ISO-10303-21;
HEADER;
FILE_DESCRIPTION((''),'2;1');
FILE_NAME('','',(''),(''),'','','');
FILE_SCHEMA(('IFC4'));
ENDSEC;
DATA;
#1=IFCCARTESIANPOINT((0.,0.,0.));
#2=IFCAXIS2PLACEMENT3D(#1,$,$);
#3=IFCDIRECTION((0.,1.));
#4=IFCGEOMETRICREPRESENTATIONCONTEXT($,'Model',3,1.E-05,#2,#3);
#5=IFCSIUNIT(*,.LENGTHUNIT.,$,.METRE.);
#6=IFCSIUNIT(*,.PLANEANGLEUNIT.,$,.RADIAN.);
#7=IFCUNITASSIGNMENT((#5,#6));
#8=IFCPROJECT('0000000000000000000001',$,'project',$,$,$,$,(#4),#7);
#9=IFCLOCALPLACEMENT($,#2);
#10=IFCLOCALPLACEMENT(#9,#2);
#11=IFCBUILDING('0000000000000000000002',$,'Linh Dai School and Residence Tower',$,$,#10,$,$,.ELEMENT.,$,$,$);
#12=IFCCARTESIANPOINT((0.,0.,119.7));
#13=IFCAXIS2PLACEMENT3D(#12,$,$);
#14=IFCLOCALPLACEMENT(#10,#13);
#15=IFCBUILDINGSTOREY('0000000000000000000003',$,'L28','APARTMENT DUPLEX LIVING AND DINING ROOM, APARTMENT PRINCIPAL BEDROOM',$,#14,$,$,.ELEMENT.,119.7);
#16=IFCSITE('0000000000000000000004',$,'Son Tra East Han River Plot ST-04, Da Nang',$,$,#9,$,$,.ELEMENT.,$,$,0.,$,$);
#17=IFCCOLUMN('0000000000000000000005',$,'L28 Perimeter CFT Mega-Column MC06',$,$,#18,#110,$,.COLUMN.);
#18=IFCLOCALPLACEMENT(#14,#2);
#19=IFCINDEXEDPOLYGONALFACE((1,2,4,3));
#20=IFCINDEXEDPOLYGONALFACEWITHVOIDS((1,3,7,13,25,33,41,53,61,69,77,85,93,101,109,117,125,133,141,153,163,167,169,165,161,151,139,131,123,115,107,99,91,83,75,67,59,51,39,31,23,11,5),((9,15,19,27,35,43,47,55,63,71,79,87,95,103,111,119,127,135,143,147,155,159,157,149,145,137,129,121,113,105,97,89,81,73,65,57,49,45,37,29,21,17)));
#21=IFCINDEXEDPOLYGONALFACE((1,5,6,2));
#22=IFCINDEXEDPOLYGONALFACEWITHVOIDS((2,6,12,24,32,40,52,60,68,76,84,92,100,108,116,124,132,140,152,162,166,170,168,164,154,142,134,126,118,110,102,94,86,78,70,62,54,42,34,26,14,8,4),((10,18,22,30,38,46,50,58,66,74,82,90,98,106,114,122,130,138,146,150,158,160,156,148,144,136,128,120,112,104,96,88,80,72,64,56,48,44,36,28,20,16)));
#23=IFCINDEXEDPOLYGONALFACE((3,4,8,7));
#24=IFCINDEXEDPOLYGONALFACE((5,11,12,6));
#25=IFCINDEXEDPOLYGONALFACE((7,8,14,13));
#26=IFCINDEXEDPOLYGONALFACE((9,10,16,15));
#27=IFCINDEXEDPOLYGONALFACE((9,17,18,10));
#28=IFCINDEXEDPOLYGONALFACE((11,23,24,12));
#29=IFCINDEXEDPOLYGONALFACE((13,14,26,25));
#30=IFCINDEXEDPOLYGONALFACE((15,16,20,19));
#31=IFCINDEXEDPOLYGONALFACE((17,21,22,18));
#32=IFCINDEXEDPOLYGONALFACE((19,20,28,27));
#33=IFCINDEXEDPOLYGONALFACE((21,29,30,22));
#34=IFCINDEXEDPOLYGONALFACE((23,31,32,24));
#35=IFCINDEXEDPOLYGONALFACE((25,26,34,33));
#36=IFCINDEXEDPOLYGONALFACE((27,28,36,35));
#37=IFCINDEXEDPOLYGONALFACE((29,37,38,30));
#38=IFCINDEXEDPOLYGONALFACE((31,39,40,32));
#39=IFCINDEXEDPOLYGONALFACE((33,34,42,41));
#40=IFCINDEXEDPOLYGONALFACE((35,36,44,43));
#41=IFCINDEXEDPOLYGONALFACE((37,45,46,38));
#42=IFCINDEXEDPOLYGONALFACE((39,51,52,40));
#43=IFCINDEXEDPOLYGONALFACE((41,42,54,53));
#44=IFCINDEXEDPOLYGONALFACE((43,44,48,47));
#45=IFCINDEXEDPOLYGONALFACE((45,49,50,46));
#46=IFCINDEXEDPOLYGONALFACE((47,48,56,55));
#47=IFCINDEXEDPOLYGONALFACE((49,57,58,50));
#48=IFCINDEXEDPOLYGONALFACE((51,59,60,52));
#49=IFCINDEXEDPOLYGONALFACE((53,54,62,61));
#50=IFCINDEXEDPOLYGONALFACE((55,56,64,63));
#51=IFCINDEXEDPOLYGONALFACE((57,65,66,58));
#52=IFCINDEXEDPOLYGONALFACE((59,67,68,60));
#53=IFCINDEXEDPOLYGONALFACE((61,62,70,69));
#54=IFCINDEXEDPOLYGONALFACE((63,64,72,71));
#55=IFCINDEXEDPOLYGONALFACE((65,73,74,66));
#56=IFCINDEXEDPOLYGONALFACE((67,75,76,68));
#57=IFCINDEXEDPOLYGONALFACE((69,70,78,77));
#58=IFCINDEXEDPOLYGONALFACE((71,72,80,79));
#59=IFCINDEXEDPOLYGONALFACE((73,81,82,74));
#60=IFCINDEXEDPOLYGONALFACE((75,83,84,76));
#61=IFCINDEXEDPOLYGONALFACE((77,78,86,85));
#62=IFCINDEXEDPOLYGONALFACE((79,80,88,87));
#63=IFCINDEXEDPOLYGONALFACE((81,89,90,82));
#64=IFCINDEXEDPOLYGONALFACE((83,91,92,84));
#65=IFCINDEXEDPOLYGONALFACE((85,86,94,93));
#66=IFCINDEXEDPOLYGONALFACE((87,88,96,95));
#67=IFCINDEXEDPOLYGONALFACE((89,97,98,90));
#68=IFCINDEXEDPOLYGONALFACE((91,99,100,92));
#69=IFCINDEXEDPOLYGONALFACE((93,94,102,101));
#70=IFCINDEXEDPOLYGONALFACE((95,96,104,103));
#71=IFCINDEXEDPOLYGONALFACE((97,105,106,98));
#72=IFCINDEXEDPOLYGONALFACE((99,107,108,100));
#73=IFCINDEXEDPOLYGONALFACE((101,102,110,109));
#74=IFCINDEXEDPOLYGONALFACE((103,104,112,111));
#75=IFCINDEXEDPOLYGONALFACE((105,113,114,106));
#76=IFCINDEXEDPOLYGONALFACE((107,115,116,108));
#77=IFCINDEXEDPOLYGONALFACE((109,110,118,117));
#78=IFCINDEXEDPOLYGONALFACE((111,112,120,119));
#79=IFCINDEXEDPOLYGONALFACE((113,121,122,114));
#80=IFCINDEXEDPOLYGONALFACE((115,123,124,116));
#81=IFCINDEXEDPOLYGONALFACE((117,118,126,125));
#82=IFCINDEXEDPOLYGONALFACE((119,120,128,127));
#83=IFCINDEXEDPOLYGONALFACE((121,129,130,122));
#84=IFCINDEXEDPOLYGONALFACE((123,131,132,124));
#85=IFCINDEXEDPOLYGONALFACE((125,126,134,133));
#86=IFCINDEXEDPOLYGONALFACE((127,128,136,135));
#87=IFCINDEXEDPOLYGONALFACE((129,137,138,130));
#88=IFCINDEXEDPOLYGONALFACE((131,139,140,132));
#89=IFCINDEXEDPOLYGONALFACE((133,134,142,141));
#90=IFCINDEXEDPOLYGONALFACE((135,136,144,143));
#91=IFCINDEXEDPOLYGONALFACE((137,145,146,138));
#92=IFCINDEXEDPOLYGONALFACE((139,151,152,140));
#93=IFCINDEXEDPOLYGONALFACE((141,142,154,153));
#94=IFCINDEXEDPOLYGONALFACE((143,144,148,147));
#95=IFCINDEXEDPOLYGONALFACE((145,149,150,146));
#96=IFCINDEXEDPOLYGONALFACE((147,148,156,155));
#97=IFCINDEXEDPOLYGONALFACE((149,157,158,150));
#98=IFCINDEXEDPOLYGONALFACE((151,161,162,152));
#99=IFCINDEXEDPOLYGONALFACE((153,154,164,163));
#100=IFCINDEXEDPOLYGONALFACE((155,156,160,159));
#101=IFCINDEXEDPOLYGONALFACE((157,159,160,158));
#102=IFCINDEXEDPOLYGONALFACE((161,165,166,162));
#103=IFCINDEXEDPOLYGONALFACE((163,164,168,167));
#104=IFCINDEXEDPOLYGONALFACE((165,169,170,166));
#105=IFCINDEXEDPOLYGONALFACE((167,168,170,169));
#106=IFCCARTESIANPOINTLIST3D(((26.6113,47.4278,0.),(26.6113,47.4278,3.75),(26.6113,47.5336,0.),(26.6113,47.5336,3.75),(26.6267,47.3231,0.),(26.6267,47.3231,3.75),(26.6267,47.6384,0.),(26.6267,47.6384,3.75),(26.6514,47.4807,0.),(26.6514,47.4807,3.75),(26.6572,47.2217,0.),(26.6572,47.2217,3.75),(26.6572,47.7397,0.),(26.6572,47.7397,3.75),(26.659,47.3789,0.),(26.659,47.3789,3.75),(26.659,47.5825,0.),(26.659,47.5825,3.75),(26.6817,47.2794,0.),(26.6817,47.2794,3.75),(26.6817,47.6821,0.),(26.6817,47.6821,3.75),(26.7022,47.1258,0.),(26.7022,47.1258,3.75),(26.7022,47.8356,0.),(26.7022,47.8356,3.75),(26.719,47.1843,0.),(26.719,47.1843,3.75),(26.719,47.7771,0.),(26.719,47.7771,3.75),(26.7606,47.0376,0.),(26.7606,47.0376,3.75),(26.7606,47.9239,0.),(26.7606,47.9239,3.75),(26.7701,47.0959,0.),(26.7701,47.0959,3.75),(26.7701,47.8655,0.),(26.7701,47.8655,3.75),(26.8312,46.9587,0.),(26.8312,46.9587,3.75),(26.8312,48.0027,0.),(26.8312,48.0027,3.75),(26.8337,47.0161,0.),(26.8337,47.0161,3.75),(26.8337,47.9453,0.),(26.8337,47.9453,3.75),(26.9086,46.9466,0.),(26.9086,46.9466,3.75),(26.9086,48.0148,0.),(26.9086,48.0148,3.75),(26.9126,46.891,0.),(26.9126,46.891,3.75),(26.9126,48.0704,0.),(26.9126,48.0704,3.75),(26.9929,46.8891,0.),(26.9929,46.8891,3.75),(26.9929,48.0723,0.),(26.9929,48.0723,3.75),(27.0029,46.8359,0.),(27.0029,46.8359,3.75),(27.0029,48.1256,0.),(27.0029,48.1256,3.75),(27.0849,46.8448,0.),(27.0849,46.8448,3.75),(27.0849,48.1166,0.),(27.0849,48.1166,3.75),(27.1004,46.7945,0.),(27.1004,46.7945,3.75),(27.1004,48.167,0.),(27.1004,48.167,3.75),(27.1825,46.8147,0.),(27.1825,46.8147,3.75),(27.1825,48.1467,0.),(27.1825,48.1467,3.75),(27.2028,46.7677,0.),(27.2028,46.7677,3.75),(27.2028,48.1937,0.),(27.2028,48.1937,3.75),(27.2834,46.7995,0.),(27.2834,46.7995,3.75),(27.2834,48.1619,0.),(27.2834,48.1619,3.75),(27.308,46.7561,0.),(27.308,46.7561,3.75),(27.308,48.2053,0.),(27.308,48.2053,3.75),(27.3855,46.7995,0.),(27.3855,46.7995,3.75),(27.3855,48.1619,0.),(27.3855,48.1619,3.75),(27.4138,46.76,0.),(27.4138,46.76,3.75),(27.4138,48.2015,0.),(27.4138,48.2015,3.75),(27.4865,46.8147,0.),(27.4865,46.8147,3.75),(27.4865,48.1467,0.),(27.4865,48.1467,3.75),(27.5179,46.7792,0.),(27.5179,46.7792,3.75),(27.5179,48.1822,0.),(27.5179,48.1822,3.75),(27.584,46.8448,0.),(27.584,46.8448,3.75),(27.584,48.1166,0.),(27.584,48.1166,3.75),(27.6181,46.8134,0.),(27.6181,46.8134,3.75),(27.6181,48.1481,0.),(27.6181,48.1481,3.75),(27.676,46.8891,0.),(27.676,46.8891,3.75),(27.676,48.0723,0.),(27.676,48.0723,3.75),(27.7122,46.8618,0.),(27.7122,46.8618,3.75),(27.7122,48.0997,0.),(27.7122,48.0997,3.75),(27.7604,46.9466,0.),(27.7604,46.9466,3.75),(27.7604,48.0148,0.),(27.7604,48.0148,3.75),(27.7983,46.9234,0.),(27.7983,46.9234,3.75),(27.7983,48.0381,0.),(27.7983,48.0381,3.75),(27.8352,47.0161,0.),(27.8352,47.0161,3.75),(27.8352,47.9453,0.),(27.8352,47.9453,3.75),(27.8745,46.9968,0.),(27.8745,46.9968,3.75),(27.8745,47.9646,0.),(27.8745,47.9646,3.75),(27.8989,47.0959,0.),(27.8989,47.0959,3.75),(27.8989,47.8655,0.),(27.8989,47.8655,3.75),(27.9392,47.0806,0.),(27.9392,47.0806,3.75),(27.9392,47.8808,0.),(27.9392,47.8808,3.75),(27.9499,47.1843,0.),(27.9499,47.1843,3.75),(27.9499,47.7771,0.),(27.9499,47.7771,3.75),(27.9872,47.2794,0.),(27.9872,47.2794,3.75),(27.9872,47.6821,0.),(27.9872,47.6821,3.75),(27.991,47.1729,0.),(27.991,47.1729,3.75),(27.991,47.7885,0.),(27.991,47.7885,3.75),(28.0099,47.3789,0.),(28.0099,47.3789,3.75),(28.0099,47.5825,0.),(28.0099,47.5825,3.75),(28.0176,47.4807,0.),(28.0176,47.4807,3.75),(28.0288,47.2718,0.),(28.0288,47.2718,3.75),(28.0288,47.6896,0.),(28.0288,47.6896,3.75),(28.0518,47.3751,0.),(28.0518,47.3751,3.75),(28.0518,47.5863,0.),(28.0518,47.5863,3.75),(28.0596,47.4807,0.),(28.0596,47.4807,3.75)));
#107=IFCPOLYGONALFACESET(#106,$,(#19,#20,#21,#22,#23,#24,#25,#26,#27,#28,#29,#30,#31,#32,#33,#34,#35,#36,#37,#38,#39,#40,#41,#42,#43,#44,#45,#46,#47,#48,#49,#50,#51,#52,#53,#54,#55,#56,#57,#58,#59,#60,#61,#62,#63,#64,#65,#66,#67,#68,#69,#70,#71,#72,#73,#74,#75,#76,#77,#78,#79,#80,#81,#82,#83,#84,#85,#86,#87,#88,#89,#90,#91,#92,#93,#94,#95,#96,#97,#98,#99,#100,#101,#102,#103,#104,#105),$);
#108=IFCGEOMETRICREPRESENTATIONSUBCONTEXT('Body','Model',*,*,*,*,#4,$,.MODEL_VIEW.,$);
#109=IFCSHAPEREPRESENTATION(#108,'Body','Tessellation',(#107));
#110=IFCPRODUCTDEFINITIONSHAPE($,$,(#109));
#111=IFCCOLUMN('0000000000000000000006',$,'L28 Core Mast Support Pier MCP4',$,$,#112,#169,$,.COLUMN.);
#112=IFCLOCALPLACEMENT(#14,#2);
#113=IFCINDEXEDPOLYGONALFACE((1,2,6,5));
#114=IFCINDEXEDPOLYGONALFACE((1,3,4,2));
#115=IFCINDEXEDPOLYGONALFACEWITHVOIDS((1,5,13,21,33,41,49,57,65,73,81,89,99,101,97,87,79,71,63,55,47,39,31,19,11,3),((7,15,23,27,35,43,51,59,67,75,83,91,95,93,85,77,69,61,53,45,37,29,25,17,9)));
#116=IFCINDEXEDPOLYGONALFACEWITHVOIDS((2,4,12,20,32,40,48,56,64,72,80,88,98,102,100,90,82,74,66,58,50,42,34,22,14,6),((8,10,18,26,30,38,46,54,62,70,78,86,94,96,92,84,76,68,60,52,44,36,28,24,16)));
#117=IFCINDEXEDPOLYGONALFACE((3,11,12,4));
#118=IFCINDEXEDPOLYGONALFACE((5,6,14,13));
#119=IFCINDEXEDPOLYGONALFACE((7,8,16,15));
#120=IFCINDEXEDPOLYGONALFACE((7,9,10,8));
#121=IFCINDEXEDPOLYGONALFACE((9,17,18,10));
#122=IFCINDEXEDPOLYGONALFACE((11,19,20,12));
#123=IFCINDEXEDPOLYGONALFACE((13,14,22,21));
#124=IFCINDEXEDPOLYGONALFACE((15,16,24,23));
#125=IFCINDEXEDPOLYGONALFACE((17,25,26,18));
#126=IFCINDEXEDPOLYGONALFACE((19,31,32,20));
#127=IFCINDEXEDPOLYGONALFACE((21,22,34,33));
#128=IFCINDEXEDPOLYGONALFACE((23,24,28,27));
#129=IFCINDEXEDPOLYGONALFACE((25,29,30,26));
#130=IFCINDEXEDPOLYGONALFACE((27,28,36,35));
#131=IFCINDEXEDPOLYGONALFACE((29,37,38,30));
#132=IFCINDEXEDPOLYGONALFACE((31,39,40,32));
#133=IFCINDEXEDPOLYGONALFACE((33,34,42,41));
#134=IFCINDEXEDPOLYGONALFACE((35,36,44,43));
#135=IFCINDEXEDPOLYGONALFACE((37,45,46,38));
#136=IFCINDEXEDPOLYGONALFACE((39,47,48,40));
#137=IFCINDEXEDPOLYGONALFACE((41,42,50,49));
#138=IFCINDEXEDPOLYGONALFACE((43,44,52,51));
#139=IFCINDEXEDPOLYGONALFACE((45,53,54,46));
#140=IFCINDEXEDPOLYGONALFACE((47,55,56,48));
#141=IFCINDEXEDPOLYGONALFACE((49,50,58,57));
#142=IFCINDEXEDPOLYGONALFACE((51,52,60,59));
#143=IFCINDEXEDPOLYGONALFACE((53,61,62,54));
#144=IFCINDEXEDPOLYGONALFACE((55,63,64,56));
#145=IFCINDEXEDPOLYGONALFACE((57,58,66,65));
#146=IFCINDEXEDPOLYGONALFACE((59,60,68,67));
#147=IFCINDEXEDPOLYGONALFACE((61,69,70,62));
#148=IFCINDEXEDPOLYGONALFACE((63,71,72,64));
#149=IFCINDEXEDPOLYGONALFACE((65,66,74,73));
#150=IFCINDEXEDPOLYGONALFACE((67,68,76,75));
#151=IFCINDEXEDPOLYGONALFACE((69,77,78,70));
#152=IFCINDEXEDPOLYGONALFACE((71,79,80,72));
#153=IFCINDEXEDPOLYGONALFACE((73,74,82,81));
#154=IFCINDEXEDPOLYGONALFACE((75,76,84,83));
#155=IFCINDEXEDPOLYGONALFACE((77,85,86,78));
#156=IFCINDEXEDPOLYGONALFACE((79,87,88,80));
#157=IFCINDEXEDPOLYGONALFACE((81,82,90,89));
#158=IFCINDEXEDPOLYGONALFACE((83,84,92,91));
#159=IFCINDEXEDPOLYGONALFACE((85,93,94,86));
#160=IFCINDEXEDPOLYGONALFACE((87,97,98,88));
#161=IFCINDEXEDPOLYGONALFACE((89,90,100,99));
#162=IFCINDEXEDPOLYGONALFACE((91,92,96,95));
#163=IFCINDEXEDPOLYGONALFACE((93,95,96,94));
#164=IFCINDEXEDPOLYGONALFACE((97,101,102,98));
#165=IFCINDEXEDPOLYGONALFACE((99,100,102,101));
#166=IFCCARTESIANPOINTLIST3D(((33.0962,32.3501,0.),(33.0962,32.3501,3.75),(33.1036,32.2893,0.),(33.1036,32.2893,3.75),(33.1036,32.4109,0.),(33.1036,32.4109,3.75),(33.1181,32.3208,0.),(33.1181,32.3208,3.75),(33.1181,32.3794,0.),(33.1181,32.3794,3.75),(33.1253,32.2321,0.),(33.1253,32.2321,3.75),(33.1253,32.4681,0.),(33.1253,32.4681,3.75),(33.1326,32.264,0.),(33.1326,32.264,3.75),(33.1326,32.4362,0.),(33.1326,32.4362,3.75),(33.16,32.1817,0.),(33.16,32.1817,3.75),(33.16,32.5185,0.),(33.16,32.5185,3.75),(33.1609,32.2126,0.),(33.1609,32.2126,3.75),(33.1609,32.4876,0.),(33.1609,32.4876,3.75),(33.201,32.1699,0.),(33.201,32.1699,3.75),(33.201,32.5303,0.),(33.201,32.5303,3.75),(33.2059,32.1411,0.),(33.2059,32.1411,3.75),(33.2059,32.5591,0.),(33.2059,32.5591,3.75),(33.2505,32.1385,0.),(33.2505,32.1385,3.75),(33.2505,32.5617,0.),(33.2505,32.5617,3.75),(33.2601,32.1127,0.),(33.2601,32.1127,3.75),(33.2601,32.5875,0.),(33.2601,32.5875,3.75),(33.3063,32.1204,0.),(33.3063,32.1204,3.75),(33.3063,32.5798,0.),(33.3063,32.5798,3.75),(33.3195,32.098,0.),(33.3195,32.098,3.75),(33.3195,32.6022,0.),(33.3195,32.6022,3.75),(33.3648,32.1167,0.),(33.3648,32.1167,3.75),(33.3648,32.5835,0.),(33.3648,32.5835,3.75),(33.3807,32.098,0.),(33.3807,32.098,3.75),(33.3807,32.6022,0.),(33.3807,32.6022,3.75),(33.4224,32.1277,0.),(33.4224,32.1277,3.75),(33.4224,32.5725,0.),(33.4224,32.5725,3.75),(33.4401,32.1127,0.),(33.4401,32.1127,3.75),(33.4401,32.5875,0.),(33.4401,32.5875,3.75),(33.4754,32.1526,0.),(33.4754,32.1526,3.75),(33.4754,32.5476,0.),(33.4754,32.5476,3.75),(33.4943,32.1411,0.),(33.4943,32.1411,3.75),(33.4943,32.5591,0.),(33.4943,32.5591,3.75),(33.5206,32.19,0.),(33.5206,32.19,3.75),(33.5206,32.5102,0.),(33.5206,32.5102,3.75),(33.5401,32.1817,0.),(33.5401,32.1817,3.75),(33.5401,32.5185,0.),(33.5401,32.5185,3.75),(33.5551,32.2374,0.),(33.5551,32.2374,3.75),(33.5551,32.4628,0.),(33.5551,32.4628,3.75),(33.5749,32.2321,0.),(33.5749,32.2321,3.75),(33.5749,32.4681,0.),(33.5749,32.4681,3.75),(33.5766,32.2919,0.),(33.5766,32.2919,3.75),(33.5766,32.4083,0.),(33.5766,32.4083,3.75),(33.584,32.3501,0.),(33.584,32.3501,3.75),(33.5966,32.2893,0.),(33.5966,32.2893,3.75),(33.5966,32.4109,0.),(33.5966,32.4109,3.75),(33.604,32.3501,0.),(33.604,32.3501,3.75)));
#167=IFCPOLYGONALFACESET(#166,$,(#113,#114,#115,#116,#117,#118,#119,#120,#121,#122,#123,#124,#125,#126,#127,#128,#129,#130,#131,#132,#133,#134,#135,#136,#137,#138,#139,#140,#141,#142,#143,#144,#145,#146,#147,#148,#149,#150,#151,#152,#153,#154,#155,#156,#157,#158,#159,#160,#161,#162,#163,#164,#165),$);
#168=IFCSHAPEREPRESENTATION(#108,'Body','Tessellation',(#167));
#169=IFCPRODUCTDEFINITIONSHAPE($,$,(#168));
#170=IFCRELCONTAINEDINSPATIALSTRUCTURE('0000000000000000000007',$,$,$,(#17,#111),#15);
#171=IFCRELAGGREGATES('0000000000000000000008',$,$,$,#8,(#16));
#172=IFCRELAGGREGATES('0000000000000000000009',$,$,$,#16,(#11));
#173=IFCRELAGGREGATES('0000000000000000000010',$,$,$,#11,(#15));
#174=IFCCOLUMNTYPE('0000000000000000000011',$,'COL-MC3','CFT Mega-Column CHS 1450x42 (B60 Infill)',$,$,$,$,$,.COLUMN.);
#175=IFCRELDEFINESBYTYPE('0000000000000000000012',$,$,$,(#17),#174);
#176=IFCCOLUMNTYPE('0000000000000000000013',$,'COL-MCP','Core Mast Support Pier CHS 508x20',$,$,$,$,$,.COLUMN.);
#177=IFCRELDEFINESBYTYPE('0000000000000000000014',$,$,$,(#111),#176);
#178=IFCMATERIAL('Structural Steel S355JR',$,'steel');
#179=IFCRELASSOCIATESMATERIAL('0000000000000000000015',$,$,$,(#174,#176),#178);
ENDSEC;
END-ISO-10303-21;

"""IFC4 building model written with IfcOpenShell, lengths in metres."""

from ifc_helpers import new_model, si_unit, direction, frame, origin, origin_2d, place, context, subcontext, project, spatial, hollow_circle, extrude, material, material_profile, profile_set, type_object, element, save


model = new_model("IFC4")

# Units and contexts
model_context = context("Model", 3, precision=1e-05, world=origin(), true_north=direction((0.0, 1.0)))
body_context = subcontext(model_context, "Body", "Model", "MODEL_VIEW")
ifc_project = project(units=[si_unit("LENGTHUNIT", "METRE"), si_unit("PLANEANGLEUNIT", "RADIAN")], contexts=[model_context])

# Site, building, storey
site_placement = place(None, origin())
site = spatial("IfcSite", under=ifc_project, at=site_placement, Name="Son Tra East Han River Plot ST-04, Da Nang", CompositionType="ELEMENT", RefElevation=0.0)
building_placement = place(site_placement, origin())
building = spatial("IfcBuilding", under=site, at=building_placement, Name="Linh Dai School and Residence Tower", CompositionType="ELEMENT")
storey_placement = place(building_placement, frame((0.0, 0.0, 119.7)))
storey = spatial("IfcBuildingStorey", under=building, at=storey_placement, Name="L28", Description="APARTMENT DUPLEX LIVING AND DINING ROOM, APARTMENT PRINCIPAL BEDROOM", CompositionType="ELEMENT", Elevation=119.7)

# Columns
ifc_material_1 = material(Name="Structural Steel S355JR", Category="steel")
ifc_material_profile_1 = material_profile(ifc_material_1, hollow_circle(Radius=0.7251, WallThickness=0.042, at=origin_2d()), Name="CHS 1450x42")
ifc_profile_set_1 = profile_set([ifc_material_profile_1], Name="Structural Steel S355JR")
column_type_1 = type_object("IfcColumnType", Name="COL-MC3", Description="CFT Mega-Column CHS 1450x42 (B60 Infill)", PredefinedType="COLUMN", material=ifc_profile_set_1)
column_1_placement = place(storey_placement, frame((27.3345, 47.4807, 0.0), z_axis=(0.0, 0.0, 1.0), x_axis=(1.0, 0.0, 0.0)))
element("IfcColumn", 1, at=column_1_placement, inside=storey, type_object=column_type_1, Name="L28 Perimeter CFT Mega-Column MC06", PredefinedType="COLUMN", context=body_context, shape_type="SweptSolid", body=[
    extrude(hollow_circle(Radius=0.7251, WallThickness=0.042, at=origin_2d()), origin(), (0.0, 0.0, 1.0), 3.75),
])
ifc_material_profile_2 = material_profile(ifc_material_1, hollow_circle(Radius=0.2539, WallThickness=0.02, at=origin_2d()), Name="CHS 508x20")
ifc_profile_set_2 = profile_set([ifc_material_profile_2], Name="Structural Steel S355JR")
column_type_2 = type_object("IfcColumnType", Name="COL-MCP", Description="Core Mast Support Pier CHS 508x20", PredefinedType="COLUMN", material=ifc_profile_set_2)
column_2_placement = place(storey_placement, frame((33.3501, 32.3501, 0.0), z_axis=(0.0, 0.0, 1.0), x_axis=(1.0, 0.0, 0.0)))
element("IfcColumn", 2, at=column_2_placement, inside=storey, type_object=column_type_2, Name="L28 Core Mast Support Pier MCP4", PredefinedType="COLUMN", context=body_context, shape_type="SweptSolid", body=[
    extrude(hollow_circle(Radius=0.2539, WallThickness=0.02, at=origin_2d()), origin(), (0.0, 0.0, 1.0), 3.75),
])

save(model, "model.ifc")
